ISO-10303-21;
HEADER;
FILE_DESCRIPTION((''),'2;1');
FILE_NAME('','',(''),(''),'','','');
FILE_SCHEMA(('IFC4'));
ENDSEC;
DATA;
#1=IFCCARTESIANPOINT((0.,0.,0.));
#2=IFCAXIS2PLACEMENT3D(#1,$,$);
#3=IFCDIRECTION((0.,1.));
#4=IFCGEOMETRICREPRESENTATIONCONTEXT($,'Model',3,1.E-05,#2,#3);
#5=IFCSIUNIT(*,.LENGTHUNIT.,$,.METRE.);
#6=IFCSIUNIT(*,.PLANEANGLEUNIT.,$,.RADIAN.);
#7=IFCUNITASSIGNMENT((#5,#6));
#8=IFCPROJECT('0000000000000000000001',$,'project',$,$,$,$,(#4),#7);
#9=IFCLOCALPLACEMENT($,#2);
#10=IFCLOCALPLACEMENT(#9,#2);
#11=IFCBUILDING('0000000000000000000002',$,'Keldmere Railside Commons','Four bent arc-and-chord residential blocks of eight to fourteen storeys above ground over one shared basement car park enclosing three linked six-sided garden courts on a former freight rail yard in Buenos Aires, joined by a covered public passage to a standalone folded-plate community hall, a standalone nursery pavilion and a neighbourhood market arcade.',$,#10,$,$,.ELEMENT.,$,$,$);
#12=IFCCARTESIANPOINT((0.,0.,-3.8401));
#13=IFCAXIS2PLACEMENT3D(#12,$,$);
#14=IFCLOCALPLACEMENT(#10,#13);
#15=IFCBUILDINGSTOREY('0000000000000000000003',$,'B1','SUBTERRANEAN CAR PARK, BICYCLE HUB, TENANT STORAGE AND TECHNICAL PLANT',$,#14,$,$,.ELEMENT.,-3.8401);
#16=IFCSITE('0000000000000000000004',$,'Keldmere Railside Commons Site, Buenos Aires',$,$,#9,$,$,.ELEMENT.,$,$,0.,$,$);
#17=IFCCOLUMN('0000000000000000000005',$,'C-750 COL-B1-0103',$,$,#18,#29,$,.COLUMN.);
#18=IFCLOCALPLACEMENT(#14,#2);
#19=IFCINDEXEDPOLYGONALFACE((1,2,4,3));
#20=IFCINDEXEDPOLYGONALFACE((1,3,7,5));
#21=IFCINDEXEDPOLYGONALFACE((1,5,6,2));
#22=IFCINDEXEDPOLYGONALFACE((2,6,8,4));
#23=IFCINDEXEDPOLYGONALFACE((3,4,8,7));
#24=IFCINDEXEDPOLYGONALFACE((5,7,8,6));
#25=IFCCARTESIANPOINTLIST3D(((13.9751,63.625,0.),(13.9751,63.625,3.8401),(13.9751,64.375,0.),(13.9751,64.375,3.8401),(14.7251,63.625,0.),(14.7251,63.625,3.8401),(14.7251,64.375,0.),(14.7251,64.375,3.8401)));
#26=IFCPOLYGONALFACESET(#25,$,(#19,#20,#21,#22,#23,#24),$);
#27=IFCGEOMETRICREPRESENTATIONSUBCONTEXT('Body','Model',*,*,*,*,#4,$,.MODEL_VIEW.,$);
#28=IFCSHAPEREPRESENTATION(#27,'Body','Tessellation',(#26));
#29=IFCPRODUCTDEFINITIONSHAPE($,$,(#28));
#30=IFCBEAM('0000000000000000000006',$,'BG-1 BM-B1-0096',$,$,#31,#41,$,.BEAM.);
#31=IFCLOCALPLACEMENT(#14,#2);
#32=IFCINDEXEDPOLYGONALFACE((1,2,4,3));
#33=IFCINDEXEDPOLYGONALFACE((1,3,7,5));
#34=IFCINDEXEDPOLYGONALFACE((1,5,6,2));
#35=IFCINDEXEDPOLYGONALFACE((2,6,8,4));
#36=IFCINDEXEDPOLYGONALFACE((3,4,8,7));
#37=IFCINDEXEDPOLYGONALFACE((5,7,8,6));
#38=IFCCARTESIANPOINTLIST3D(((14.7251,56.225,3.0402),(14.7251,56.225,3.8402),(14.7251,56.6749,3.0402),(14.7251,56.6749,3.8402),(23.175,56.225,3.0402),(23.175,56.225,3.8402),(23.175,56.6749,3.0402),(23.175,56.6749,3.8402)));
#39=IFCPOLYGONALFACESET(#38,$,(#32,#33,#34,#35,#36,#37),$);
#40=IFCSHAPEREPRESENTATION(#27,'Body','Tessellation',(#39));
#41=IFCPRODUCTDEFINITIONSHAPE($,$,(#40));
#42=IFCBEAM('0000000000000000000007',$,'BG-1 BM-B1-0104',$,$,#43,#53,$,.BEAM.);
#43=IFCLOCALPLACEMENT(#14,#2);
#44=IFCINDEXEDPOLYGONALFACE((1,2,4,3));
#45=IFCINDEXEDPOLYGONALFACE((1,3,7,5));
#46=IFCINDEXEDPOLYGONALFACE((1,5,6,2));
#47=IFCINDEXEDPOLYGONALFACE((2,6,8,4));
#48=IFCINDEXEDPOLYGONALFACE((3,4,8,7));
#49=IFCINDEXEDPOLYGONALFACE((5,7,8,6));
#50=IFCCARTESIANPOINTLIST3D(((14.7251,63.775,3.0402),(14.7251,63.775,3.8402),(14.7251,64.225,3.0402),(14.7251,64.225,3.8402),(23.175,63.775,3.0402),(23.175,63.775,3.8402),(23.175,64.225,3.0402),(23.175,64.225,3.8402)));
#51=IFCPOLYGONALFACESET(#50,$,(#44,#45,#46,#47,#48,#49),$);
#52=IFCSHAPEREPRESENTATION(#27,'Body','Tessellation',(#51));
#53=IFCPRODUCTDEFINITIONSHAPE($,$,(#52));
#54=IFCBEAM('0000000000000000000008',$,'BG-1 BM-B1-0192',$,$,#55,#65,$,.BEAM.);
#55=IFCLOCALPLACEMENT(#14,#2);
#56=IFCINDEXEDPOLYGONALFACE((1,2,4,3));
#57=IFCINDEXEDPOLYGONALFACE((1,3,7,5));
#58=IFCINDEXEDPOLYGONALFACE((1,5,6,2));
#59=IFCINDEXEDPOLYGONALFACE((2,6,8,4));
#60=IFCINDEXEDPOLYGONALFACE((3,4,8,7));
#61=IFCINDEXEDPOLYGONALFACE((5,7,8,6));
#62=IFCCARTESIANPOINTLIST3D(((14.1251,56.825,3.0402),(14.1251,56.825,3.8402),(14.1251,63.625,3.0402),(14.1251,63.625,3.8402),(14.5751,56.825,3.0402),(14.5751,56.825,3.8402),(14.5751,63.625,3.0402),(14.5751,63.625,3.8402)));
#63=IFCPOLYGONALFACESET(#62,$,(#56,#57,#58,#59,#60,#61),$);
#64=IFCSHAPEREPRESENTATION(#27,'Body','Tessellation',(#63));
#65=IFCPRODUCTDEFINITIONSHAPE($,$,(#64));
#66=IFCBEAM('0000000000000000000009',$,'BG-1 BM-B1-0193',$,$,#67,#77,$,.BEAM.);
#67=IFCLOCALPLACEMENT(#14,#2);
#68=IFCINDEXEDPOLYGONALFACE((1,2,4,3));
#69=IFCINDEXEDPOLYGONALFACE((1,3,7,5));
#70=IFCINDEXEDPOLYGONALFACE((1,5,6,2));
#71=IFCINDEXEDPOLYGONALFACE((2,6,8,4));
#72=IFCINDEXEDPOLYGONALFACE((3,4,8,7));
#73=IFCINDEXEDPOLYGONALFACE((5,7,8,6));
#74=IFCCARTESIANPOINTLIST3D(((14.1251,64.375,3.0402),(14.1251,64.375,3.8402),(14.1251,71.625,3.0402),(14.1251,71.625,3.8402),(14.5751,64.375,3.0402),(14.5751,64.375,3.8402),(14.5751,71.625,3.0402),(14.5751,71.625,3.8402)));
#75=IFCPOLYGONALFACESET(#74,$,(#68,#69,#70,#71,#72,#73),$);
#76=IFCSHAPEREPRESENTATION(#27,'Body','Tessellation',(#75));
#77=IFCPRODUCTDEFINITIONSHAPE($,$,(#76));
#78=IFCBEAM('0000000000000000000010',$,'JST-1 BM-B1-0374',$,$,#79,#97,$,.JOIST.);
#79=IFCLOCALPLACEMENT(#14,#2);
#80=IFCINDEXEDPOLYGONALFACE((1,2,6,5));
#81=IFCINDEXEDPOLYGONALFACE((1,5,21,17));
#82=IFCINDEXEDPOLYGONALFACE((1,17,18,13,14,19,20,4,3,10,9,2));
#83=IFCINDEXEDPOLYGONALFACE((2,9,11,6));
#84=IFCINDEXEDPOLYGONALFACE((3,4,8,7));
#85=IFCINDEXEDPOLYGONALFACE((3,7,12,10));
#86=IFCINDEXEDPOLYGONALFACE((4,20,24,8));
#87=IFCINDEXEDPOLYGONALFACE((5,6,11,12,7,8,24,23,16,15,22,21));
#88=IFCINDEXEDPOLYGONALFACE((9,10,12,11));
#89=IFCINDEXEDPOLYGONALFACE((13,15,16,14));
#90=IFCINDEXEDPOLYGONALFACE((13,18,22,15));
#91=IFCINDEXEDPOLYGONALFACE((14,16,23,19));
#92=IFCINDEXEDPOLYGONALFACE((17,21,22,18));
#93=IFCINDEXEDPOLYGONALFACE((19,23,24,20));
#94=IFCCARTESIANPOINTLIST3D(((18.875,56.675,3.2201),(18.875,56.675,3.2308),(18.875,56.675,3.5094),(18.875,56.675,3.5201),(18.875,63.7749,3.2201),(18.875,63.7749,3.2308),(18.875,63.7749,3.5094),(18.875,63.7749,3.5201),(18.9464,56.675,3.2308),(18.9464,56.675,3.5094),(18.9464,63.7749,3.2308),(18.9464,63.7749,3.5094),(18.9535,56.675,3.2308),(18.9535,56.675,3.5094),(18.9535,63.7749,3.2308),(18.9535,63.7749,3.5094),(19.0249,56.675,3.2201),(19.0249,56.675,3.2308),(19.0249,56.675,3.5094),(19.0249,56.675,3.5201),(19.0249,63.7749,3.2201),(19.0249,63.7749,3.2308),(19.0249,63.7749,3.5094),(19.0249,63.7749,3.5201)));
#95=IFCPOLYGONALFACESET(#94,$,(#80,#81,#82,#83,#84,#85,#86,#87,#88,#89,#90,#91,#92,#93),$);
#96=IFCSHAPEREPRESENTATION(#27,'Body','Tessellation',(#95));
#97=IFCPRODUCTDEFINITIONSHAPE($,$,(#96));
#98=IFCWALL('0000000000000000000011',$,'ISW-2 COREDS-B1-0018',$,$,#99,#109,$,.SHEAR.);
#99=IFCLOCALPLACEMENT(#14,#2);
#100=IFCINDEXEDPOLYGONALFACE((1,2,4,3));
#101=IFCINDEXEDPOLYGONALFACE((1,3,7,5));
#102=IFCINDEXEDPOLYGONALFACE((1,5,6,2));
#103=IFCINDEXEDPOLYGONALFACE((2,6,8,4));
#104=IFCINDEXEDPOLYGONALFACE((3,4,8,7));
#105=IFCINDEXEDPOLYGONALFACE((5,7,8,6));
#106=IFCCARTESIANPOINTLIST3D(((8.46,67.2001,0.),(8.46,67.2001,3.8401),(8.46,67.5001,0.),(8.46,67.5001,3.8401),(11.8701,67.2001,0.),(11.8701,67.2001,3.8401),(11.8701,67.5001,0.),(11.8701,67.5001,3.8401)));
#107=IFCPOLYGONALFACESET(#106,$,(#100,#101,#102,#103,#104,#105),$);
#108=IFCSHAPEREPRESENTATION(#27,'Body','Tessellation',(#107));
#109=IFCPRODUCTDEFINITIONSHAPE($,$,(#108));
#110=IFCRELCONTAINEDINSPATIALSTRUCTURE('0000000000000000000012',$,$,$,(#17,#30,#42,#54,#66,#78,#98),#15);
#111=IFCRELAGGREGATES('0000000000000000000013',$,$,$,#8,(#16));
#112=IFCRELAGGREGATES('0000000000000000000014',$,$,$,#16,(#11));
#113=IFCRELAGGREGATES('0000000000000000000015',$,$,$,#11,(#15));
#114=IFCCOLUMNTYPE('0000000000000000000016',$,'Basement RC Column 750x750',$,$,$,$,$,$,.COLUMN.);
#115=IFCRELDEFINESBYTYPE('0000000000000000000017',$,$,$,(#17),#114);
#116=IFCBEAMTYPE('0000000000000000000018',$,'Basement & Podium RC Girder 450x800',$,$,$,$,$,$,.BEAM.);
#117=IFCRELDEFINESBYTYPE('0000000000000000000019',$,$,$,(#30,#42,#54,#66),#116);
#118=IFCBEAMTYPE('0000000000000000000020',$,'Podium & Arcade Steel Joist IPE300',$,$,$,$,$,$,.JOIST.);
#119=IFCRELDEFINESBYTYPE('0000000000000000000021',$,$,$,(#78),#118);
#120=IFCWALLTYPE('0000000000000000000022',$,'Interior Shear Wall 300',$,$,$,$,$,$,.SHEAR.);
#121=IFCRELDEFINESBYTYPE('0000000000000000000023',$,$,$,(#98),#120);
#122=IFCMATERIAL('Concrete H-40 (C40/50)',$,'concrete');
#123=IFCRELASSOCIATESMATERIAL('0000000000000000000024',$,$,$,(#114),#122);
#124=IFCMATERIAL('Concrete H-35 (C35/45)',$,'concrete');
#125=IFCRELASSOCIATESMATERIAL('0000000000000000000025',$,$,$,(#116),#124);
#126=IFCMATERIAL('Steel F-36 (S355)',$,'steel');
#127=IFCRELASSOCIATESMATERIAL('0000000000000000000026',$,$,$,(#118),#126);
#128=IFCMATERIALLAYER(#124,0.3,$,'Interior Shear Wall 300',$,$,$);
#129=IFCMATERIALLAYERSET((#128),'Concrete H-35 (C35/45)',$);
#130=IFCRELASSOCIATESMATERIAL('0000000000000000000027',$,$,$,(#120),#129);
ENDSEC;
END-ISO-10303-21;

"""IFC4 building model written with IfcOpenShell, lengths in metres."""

from ifc_helpers import new_model, si_unit, direction, frame, frame_2d, origin, origin_2d, place, context, subcontext, project, spatial, rectangle, i_section, extrude, material, layer, layer_set, material_profile, profile_set, type_object, element, save


model = new_model("IFC4")

# Units and contexts
model_context = context("Model", 3, precision=1e-05, world=origin(), true_north=direction((0.0, 1.0)))
body_context = subcontext(model_context, "Body", "Model", "MODEL_VIEW")
ifc_project = project(units=[si_unit("LENGTHUNIT", "METRE"), si_unit("PLANEANGLEUNIT", "RADIAN")], contexts=[model_context])

# Site, building, storey
site_placement = place(None, origin())
site = spatial("IfcSite", under=ifc_project, at=site_placement, Name="Keldmere Railside Commons Site, Buenos Aires", CompositionType="ELEMENT", RefElevation=0.0)
building_placement = place(site_placement, origin())
building = spatial("IfcBuilding", under=site, at=building_placement, Name="Keldmere Railside Commons", Description="Four bent arc-and-chord residential blocks of eight to fourteen storeys above ground over one shared basement car park enclosing three linked six-sided garden courts on a former freight rail yard in Buenos Aires, joined by a covered public passage to a standalone folded-plate community hall, a standalone nursery pavilion and a neighbourhood market arcade.", CompositionType="ELEMENT")
storey_placement = place(building_placement, frame((0.0, 0.0, -3.8401)))
storey = spatial("IfcBuildingStorey", under=building, at=storey_placement, Name="B1", Description="SUBTERRANEAN CAR PARK, BICYCLE HUB, TENANT STORAGE AND TECHNICAL PLANT", CompositionType="ELEMENT", Elevation=-3.8401)

# Shared definitions
ifc_material_1 = material(Name="Concrete H-40 (C40/50)", Category="concrete")

# Column
ifc_material_profile_1 = material_profile(ifc_material_1, rectangle(XDim=0.75, YDim=0.75, at=origin_2d()), Name="RC-750x750")
ifc_profile_set_1 = profile_set([ifc_material_profile_1], Name="Concrete H-40 (C40/50)")
column_type = type_object("IfcColumnType", Name="Basement RC Column 750x750", PredefinedType="COLUMN", material=ifc_profile_set_1)
for number, where, z_axis, x_axis, name in (
    (1, (14.3501, 64.0, 0.0), (0.0, 0.0, 1.0), (1.0, 0.0, 0.0), "C-750 COL-B1-0103"),
):
    element("IfcColumn", number, at=place(storey_placement, frame(where, z_axis=z_axis, x_axis=x_axis)), inside=storey, type_object=column_type, Name=name, PredefinedType="COLUMN", context=body_context, shape_type="SweptSolid", body=[
        extrude(rectangle(XDim=0.75, YDim=0.75, at=origin_2d()), origin(), (0.0, 0.0, 1.0), 3.8401),
    ])

# Beams
ifc_material_2 = material(Name="Concrete H-35 (C35/45)", Category="concrete")
ifc_material_profile_2 = material_profile(ifc_material_2, rectangle(XDim=0.45, YDim=0.8, at=origin_2d()), Name="RC-450x800")
ifc_profile_set_2 = profile_set([ifc_material_profile_2], Name="Concrete H-35 (C35/45)")
beam_type_1 = type_object("IfcBeamType", Name="Basement & Podium RC Girder 450x800", PredefinedType="BEAM", material=ifc_profile_set_2)
for number, where, z_axis, x_axis, name in (
    (2, (14.7251, 56.45, 3.4402), (1.0, 0.0, 0.0), (0.0, 1.0, 0.0), "BG-1 BM-B1-0096"),
    (3, (14.7251, 64.0, 3.4402), (1.0, 0.0, 0.0), (0.0, 1.0, 0.0), "BG-1 BM-B1-0104"),
):
    element("IfcBeam", number, at=place(storey_placement, frame(where, z_axis=z_axis, x_axis=x_axis)), inside=storey, type_object=beam_type_1, Name=name, PredefinedType="BEAM", context=body_context, shape_type="SweptSolid", body=[
        extrude(rectangle(XDim=0.45, YDim=0.8, at=origin_2d()), origin(), (0.0, 0.0, 1.0), 8.45),
    ])
beam_1_placement = place(storey_placement, frame((14.3501, 56.825, 3.4402), z_axis=(0.0, 1.0, 0.0), x_axis=(-1.0, 0.0, 0.0)))
element("IfcBeam", 4, at=beam_1_placement, inside=storey, type_object=beam_type_1, Name="BG-1 BM-B1-0192", PredefinedType="BEAM", context=body_context, shape_type="SweptSolid", body=[
    extrude(rectangle(XDim=0.45, YDim=0.8, at=origin_2d()), origin(), (0.0, 0.0, 1.0), 6.8),
])
beam_2_placement = place(storey_placement, frame((14.3501, 64.375, 3.4402), z_axis=(0.0, 1.0, 0.0), x_axis=(-1.0, 0.0, 0.0)))
element("IfcBeam", 5, at=beam_2_placement, inside=storey, type_object=beam_type_1, Name="BG-1 BM-B1-0193", PredefinedType="BEAM", context=body_context, shape_type="SweptSolid", body=[
    extrude(rectangle(XDim=0.45, YDim=0.8, at=origin_2d()), origin(), (0.0, 0.0, 1.0), 7.25),
])
ifc_material_3 = material(Name="Steel F-36 (S355)", Category="steel")
ifc_material_profile_3 = material_profile(ifc_material_3, i_section(OverallWidth=0.1499, OverallDepth=0.3, WebThickness=0.0071, FlangeThickness=0.0107, at=origin_2d()), Name="IPE-300")
ifc_profile_set_3 = profile_set([ifc_material_profile_3], Name="Steel F-36 (S355)")
beam_type_2 = type_object("IfcBeamType", Name="Podium & Arcade Steel Joist IPE300", PredefinedType="JOIST", material=ifc_profile_set_3)
beam_3_placement = place(storey_placement, frame((18.95, 56.675, 3.3701), z_axis=(0.0, 1.0, 0.0), x_axis=(-1.0, 0.0, 0.0)))
element("IfcBeam", 6, at=beam_3_placement, inside=storey, type_object=beam_type_2, Name="JST-1 BM-B1-0374", PredefinedType="JOIST", context=body_context, shape_type="SweptSolid", body=[
    extrude(i_section(OverallWidth=0.1499, OverallDepth=0.3, WebThickness=0.0071, FlangeThickness=0.0107, at=origin_2d()), origin(), (0.0, 0.0, 1.0), 7.0999),
])

# Wall
ifc_layer = layer(ifc_material_2, 0.3, Name="Interior Shear Wall 300")
ifc_layer_set = layer_set([ifc_layer], Name="Concrete H-35 (C35/45)")
wall_type = type_object("IfcWallType", Name="Interior Shear Wall 300", PredefinedType="SHEAR", material=ifc_layer_set)
wall_placement = place(storey_placement, frame((11.8701, 67.3501, 0.0), z_axis=(0.0, 0.0, 1.0), x_axis=(-1.0, 0.0, 0.0)))
element("IfcWall", 7, at=wall_placement, inside=storey, type_object=wall_type, Name="ISW-2 COREDS-B1-0018", PredefinedType="SHEAR", context=body_context, shape_type="SweptSolid", body=[
    extrude(rectangle(XDim=3.4102, YDim=0.3, at=frame_2d((1.7051, 0.0))), origin(), (0.0, 0.0, 1.0), 3.8401),
])

save(model, "model.ifc")
